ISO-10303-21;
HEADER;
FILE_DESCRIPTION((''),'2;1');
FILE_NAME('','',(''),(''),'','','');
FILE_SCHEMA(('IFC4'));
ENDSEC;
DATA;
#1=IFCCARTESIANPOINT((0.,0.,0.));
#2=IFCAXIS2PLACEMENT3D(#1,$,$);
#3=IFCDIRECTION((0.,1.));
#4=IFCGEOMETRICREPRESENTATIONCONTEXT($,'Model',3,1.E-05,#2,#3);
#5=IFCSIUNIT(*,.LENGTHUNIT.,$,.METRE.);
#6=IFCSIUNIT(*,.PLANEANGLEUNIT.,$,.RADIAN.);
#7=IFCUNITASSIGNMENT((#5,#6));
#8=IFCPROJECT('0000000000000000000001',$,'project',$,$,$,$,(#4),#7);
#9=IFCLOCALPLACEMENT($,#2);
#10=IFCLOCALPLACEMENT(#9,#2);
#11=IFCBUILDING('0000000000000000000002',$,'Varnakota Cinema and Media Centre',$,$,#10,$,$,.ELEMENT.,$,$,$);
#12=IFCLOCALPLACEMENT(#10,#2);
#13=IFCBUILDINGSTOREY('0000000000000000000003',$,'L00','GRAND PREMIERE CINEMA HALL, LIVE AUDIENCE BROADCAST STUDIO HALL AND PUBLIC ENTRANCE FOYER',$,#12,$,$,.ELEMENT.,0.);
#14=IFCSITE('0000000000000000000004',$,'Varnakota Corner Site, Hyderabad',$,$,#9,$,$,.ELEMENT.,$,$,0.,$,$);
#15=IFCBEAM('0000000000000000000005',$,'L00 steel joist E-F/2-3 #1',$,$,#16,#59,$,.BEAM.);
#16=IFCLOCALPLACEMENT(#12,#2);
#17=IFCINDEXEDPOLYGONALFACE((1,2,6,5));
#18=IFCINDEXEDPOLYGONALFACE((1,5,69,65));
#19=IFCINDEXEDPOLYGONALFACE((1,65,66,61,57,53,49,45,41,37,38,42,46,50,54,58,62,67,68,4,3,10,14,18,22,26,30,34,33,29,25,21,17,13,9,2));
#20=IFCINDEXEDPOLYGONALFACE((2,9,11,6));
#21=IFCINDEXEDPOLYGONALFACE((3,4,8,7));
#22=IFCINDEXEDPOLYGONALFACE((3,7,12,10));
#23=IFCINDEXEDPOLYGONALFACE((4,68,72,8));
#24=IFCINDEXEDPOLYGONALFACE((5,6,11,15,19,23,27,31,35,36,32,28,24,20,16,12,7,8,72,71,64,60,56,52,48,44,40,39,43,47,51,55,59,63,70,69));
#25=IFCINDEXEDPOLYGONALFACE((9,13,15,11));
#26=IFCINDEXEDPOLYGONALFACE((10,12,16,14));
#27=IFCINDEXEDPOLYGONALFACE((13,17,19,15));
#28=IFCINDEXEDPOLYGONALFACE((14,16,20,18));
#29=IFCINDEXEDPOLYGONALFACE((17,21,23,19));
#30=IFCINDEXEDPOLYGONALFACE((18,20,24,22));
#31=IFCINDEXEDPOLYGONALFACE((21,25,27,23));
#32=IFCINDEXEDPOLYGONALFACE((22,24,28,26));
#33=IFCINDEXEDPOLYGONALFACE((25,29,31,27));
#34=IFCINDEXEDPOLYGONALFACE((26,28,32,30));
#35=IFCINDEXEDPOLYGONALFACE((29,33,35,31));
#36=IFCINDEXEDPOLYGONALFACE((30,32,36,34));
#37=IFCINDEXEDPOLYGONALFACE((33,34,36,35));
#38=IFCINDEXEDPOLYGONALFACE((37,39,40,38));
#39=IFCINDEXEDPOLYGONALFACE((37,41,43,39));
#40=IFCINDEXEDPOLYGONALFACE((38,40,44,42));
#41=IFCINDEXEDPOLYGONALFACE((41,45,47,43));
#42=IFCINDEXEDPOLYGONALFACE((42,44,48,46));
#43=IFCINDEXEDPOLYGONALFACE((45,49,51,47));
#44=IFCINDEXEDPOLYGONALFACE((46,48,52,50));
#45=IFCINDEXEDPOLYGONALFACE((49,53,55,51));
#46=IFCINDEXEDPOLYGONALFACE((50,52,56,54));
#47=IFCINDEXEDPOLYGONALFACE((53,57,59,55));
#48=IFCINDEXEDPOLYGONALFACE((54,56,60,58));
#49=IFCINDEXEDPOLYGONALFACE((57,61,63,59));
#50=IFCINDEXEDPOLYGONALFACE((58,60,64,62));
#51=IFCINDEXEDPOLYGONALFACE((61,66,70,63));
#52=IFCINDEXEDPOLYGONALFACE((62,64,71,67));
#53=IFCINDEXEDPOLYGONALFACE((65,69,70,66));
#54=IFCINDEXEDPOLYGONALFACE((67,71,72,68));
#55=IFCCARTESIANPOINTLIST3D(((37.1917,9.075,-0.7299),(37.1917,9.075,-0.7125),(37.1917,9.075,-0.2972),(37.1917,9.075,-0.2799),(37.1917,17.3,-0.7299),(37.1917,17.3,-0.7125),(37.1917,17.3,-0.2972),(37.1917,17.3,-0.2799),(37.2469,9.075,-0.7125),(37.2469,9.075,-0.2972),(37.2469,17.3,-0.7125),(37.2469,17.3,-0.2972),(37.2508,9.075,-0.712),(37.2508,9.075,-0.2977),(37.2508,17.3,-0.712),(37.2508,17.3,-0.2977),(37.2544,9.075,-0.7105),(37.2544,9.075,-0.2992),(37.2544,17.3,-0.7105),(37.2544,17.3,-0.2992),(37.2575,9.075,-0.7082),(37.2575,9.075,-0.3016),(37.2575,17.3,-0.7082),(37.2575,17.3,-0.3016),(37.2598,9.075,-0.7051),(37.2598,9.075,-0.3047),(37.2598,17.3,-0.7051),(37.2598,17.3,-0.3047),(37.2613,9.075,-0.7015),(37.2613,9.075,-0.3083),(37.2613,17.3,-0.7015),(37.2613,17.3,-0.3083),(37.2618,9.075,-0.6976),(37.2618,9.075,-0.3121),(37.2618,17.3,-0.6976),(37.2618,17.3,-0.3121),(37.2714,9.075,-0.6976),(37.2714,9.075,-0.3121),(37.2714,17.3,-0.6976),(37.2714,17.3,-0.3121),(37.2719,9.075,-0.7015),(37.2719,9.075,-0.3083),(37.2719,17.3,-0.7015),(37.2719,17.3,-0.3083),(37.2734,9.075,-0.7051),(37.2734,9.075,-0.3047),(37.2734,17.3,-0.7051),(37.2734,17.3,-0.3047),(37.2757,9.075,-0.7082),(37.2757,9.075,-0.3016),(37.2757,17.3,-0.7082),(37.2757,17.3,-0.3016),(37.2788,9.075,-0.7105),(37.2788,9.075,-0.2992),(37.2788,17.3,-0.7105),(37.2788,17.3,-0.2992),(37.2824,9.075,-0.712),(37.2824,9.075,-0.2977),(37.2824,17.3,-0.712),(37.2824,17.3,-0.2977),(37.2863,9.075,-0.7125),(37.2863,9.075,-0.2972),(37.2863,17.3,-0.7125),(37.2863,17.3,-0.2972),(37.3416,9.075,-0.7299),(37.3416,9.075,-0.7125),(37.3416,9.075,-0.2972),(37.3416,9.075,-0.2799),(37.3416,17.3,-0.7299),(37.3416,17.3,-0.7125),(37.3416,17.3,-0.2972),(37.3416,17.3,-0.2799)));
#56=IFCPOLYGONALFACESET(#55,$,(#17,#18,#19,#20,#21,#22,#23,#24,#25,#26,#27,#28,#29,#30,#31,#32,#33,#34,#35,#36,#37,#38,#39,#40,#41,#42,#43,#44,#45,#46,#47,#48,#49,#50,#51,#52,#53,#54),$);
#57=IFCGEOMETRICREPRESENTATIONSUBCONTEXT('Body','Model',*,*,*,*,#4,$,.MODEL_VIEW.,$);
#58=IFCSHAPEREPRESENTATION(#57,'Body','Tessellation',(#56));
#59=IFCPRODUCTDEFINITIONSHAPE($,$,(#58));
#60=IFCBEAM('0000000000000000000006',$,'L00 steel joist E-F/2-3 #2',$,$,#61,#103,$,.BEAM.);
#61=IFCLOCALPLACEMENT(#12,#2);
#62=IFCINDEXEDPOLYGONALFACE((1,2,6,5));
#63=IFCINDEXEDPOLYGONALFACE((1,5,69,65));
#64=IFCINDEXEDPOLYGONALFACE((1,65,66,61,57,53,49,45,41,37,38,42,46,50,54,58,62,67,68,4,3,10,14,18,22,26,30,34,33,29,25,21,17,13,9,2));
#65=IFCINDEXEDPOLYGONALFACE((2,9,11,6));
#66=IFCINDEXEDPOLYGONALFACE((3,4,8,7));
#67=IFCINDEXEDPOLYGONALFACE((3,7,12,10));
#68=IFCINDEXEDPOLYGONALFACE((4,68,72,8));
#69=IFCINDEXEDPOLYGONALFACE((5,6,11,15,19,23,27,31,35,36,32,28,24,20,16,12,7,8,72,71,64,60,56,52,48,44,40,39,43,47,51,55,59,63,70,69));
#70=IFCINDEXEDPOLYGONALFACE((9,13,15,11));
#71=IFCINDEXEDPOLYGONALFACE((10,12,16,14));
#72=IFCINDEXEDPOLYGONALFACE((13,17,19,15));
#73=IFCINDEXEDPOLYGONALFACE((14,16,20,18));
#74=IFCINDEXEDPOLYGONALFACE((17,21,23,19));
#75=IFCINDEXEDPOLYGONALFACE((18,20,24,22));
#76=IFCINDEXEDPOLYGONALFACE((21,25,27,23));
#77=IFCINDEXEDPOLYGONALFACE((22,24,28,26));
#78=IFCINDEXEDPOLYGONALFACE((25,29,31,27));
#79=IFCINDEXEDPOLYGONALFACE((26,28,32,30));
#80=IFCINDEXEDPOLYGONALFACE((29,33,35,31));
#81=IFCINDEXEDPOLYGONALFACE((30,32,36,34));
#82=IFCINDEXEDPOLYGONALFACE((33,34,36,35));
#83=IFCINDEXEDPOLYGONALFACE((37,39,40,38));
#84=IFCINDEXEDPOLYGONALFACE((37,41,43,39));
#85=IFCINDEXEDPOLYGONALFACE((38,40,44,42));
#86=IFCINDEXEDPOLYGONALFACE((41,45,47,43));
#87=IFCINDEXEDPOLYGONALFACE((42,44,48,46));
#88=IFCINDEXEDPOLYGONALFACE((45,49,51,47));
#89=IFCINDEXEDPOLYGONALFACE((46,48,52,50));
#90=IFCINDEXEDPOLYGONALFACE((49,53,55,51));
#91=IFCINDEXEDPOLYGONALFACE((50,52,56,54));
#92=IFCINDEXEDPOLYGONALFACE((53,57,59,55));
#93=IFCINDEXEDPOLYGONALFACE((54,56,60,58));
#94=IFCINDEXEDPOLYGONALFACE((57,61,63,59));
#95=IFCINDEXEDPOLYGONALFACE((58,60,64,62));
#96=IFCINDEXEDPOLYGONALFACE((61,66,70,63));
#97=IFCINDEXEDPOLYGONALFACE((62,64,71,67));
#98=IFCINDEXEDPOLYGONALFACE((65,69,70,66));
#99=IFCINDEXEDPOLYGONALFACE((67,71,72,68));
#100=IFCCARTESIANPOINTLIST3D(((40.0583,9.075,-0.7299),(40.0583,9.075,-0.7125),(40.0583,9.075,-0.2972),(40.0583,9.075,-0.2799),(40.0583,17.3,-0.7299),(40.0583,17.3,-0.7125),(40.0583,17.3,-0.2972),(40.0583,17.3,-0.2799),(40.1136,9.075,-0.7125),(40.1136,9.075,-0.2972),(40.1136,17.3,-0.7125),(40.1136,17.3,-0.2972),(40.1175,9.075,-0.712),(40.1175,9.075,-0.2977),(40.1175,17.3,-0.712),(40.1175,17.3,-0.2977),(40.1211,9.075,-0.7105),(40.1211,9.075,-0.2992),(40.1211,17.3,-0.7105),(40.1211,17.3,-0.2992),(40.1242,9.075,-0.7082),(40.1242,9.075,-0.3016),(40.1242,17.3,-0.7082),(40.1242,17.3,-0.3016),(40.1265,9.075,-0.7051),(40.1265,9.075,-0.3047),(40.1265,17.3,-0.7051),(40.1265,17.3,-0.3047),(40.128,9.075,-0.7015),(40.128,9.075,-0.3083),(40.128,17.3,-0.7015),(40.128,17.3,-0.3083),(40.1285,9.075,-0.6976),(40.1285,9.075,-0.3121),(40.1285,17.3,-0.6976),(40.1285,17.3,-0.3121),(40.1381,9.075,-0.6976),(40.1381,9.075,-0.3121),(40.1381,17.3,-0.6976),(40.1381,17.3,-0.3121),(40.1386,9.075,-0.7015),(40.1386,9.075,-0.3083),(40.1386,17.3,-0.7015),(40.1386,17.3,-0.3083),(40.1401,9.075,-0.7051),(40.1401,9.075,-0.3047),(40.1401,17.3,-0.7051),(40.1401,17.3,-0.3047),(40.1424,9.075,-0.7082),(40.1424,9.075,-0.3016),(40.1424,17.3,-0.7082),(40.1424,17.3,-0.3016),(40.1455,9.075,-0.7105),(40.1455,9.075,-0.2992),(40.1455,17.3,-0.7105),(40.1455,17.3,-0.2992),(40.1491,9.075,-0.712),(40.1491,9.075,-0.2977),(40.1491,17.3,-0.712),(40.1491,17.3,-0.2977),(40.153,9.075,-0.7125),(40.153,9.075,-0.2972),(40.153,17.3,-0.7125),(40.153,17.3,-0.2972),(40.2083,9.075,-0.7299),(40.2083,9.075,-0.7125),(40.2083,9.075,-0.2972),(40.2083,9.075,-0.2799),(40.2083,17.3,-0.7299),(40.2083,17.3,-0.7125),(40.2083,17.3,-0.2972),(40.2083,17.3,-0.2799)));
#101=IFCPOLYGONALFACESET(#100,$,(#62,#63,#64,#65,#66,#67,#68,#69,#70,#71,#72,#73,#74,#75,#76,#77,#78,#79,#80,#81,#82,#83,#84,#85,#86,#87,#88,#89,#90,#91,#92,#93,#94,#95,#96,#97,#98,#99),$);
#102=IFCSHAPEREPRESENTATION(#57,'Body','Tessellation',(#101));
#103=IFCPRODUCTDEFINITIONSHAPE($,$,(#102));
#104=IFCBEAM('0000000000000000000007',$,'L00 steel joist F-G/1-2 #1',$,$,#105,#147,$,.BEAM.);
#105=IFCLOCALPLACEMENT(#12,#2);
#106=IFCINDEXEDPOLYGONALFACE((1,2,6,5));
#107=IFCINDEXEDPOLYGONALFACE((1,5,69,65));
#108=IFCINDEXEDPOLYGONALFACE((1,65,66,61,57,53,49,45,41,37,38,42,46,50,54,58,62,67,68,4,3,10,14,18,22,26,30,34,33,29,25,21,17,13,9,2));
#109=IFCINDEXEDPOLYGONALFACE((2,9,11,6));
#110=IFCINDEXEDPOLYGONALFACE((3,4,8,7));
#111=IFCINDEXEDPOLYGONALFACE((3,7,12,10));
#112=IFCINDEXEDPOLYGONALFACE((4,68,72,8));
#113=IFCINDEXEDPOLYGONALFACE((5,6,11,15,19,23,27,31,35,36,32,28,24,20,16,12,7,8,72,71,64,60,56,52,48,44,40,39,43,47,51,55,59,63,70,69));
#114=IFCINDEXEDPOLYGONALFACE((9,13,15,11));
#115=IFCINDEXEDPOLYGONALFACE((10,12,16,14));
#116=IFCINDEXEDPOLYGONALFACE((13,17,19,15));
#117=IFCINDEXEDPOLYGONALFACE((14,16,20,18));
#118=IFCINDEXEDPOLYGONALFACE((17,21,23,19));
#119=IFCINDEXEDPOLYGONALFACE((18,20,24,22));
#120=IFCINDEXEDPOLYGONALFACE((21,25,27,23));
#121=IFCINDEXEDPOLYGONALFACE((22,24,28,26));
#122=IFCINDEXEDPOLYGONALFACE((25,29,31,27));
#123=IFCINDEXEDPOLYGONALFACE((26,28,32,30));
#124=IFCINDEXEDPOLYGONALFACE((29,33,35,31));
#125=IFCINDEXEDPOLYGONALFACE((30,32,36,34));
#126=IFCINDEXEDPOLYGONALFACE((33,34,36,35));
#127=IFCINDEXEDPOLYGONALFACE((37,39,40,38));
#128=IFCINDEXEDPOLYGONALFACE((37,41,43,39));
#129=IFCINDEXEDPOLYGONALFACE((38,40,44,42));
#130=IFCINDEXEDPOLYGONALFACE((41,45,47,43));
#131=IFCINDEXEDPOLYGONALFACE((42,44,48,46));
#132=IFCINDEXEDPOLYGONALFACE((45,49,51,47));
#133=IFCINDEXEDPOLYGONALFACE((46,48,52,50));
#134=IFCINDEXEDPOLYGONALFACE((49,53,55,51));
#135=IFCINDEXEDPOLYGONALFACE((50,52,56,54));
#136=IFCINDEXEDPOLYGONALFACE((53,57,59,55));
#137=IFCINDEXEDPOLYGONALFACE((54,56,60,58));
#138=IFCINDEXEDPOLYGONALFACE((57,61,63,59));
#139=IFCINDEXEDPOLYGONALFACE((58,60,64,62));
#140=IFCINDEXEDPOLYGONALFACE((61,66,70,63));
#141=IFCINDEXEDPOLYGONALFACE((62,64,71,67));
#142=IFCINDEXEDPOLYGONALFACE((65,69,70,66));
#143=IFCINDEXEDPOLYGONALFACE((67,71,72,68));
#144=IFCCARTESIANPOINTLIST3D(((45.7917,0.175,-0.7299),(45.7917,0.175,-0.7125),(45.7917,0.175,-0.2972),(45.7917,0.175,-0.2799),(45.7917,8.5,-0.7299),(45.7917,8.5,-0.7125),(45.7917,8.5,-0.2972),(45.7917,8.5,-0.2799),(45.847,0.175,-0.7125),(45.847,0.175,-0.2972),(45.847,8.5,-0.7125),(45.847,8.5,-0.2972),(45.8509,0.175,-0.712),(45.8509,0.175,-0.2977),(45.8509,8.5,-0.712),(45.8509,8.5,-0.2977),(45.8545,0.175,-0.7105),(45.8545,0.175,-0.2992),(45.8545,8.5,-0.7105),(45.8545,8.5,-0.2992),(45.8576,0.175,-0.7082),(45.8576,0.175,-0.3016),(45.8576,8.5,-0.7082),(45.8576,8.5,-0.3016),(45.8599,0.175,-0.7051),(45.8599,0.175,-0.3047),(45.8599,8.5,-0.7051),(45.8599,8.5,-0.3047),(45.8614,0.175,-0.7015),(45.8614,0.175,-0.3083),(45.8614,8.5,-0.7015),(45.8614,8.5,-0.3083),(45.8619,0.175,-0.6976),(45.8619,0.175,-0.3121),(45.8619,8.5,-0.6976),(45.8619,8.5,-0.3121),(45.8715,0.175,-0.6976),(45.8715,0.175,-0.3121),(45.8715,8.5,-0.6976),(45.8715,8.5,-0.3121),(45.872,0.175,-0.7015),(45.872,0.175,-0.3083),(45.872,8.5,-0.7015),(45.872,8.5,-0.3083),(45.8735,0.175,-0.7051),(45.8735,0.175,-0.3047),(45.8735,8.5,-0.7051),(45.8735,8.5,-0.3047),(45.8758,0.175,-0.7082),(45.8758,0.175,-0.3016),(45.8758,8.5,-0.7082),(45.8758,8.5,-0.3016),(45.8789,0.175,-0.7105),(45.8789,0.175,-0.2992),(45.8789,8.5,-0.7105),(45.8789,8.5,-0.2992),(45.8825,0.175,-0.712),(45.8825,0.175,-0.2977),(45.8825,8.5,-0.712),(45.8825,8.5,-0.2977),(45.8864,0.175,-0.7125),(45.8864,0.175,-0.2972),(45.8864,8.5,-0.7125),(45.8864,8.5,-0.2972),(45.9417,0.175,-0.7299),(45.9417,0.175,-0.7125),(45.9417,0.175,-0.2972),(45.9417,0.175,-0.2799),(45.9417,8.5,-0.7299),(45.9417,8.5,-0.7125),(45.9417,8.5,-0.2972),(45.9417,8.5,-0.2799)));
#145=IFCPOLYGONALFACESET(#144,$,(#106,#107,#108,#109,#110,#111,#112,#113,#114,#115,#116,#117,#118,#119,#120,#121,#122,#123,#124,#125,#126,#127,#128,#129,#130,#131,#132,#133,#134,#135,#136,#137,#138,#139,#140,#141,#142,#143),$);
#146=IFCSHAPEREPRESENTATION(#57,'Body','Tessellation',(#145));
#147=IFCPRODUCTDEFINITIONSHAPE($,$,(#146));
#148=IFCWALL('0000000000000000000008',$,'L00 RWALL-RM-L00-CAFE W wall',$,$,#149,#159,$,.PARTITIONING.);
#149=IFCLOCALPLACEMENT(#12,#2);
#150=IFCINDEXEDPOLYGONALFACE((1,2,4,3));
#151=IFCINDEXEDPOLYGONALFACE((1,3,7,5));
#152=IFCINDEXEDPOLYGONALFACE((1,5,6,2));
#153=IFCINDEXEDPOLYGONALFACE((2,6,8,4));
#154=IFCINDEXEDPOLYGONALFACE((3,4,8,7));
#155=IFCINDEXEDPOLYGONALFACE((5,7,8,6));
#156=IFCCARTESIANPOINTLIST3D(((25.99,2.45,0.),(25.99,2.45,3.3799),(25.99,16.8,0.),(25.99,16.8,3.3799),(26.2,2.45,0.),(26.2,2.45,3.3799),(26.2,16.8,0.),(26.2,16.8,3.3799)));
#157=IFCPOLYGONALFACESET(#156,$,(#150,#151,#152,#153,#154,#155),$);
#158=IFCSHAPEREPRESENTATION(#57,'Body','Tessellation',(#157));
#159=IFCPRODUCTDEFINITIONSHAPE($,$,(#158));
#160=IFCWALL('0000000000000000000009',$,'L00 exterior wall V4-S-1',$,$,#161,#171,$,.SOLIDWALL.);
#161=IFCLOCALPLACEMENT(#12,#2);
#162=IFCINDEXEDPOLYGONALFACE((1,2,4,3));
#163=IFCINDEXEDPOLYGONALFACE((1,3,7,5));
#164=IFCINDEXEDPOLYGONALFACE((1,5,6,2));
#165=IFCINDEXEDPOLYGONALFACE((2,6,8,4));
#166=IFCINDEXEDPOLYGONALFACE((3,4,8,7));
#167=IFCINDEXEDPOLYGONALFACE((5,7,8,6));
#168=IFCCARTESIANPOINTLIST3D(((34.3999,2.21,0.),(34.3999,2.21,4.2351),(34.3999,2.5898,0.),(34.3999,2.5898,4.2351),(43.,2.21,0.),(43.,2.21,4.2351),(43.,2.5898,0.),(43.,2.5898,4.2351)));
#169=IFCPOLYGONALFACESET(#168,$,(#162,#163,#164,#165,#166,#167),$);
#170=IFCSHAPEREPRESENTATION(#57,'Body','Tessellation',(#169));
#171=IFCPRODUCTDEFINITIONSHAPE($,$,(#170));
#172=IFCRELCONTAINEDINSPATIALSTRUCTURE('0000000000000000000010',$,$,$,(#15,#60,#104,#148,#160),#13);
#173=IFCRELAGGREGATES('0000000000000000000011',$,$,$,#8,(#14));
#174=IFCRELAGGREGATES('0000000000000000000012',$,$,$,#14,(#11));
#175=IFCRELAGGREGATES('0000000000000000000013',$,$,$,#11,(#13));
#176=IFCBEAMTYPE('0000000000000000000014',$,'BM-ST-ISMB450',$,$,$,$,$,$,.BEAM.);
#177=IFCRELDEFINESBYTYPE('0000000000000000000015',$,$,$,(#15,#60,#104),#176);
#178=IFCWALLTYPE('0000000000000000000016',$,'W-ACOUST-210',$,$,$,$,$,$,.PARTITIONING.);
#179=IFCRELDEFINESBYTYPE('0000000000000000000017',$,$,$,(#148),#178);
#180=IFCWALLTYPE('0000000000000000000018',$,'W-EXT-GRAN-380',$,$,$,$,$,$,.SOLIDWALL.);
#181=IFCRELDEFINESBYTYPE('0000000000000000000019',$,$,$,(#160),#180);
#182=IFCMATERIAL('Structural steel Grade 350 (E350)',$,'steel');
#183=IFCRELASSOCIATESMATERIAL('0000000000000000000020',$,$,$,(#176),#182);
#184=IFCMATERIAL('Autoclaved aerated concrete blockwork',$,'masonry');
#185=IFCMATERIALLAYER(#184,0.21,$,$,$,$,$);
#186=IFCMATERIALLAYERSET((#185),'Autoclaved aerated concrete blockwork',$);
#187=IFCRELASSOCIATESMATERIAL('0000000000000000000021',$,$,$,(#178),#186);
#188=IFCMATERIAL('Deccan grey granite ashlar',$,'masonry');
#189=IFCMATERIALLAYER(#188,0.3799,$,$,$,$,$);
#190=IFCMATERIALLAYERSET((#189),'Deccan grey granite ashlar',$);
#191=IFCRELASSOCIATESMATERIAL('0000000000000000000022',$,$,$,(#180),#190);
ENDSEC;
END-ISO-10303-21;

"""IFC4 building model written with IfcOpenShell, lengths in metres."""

from ifc_helpers import new_model, si_unit, direction, frame, frame_2d, origin, origin_2d, place, context, subcontext, project, spatial, rectangle, i_section, extrude, material, layer, layer_set, material_profile, profile_set, type_object, element, save


model = new_model("IFC4")

# Units and contexts
model_context = context("Model", 3, precision=1e-05, world=origin(), true_north=direction((0.0, 1.0)))
body_context = subcontext(model_context, "Body", "Model", "MODEL_VIEW")
ifc_project = project(units=[si_unit("LENGTHUNIT", "METRE"), si_unit("PLANEANGLEUNIT", "RADIAN")], contexts=[model_context])

# Site, building, storey
site_placement = place(None, origin())
site = spatial("IfcSite", under=ifc_project, at=site_placement, Name="Varnakota Corner Site, Hyderabad", CompositionType="ELEMENT", RefElevation=0.0)
building_placement = place(site_placement, origin())
building = spatial("IfcBuilding", under=site, at=building_placement, Name="Varnakota Cinema and Media Centre", CompositionType="ELEMENT")
storey_placement = place(building_placement, origin())
storey = spatial("IfcBuildingStorey", under=building, at=storey_placement, Name="L00", Description="GRAND PREMIERE CINEMA HALL, LIVE AUDIENCE BROADCAST STUDIO HALL AND PUBLIC ENTRANCE FOYER", CompositionType="ELEMENT", Elevation=0.0)

# Beams
ifc_material_1 = material(Name="Structural steel Grade 350 (E350)", Category="steel")
ifc_material_profile_1 = material_profile(ifc_material_1, i_section(OverallWidth=0.1499, OverallDepth=0.45, WebThickness=0.0095, FlangeThickness=0.0173, FilletRadius=0.0149, at=origin_2d()), Name="ISMB 450")
ifc_profile_set_1 = profile_set([ifc_material_profile_1], Name="Structural steel Grade 350 (E350)")
beam_type_1 = type_object("IfcBeamType", Name="BM-ST-ISMB450", PredefinedType="BEAM", material=ifc_profile_set_1)
for number, where, z_axis, x_axis, name in (
    (1, (37.2666, 9.075, -0.5049), (0.0, 1.0, 0.0), (-1.0, 0.0, 0.0), "L00 steel joist E-F/2-3 #1"),
    (2, (40.1333, 9.075, -0.5049), (0.0, 1.0, 0.0), (-1.0, 0.0, 0.0), "L00 steel joist E-F/2-3 #2"),
):
    element("IfcBeam", number, at=place(storey_placement, frame(where, z_axis=z_axis, x_axis=x_axis)), inside=storey, type_object=beam_type_1, Name=name, PredefinedType="BEAM", context=body_context, shape_type="SweptSolid", body=[
        extrude(i_section(OverallWidth=0.1499, OverallDepth=0.45, WebThickness=0.0095, FlangeThickness=0.0173, FilletRadius=0.0149, at=origin_2d()), origin(), (0.0, 0.0, 1.0), 8.2251),
    ])
beam_1_placement = place(storey_placement, frame((45.8667, 0.175, -0.5049), z_axis=(0.0, 1.0, 0.0), x_axis=(-1.0, 0.0, 0.0)))
element("IfcBeam", 3, at=beam_1_placement, inside=storey, type_object=beam_type_1, Name="L00 steel joist F-G/1-2 #1", PredefinedType="BEAM", context=body_context, shape_type="SweptSolid", body=[
    extrude(i_section(OverallWidth=0.1499, OverallDepth=0.45, WebThickness=0.0095, FlangeThickness=0.0173, FilletRadius=0.0149, at=origin_2d()), origin(), (0.0, 0.0, 1.0), 8.325),
])

# Walls
ifc_material_2 = material(Name="Autoclaved aerated concrete blockwork", Category="masonry")
ifc_layer_1 = layer(ifc_material_2, 0.21)
ifc_layer_set_1 = layer_set([ifc_layer_1], Name="Autoclaved aerated concrete blockwork")
wall_type_1 = type_object("IfcWallType", Name="W-ACOUST-210", PredefinedType="PARTITIONING", material=ifc_layer_set_1)
wall_1_placement = place(storey_placement, frame((26.095, 2.45, 0.0), z_axis=(0.0, 0.0, 1.0), x_axis=(0.0, 1.0, 0.0)))
element("IfcWall", 4, at=wall_1_placement, inside=storey, type_object=wall_type_1, Name="L00 RWALL-RM-L00-CAFE W wall", PredefinedType="PARTITIONING", context=body_context, shape_type="SweptSolid", body=[
    extrude(rectangle(XDim=14.3501, YDim=0.21, at=frame_2d((7.175, 0.0))), origin(), (0.0, 0.0, 1.0), 3.3799),
])
ifc_material_3 = material(Name="Deccan grey granite ashlar", Category="masonry")
ifc_layer_2 = layer(ifc_material_3, 0.3799)
ifc_layer_set_2 = layer_set([ifc_layer_2], Name="Deccan grey granite ashlar")
wall_type_2 = type_object("IfcWallType", Name="W-EXT-GRAN-380", PredefinedType="SOLIDWALL", material=ifc_layer_set_2)
wall_2_placement = place(storey_placement, frame((43.0, 2.3999, 0.0), z_axis=(0.0, 0.0, 1.0), x_axis=(-1.0, 0.0, 0.0)))
element("IfcWall", 5, at=wall_2_placement, inside=storey, type_object=wall_type_2, Name="L00 exterior wall V4-S-1", PredefinedType="SOLIDWALL", context=body_context, shape_type="SweptSolid", body=[
    extrude(rectangle(XDim=8.6001, YDim=0.3799, at=frame_2d((4.3, 0.0))), origin(), (0.0, 0.0, 1.0), 4.2351),
])

save(model, "model.ifc")
